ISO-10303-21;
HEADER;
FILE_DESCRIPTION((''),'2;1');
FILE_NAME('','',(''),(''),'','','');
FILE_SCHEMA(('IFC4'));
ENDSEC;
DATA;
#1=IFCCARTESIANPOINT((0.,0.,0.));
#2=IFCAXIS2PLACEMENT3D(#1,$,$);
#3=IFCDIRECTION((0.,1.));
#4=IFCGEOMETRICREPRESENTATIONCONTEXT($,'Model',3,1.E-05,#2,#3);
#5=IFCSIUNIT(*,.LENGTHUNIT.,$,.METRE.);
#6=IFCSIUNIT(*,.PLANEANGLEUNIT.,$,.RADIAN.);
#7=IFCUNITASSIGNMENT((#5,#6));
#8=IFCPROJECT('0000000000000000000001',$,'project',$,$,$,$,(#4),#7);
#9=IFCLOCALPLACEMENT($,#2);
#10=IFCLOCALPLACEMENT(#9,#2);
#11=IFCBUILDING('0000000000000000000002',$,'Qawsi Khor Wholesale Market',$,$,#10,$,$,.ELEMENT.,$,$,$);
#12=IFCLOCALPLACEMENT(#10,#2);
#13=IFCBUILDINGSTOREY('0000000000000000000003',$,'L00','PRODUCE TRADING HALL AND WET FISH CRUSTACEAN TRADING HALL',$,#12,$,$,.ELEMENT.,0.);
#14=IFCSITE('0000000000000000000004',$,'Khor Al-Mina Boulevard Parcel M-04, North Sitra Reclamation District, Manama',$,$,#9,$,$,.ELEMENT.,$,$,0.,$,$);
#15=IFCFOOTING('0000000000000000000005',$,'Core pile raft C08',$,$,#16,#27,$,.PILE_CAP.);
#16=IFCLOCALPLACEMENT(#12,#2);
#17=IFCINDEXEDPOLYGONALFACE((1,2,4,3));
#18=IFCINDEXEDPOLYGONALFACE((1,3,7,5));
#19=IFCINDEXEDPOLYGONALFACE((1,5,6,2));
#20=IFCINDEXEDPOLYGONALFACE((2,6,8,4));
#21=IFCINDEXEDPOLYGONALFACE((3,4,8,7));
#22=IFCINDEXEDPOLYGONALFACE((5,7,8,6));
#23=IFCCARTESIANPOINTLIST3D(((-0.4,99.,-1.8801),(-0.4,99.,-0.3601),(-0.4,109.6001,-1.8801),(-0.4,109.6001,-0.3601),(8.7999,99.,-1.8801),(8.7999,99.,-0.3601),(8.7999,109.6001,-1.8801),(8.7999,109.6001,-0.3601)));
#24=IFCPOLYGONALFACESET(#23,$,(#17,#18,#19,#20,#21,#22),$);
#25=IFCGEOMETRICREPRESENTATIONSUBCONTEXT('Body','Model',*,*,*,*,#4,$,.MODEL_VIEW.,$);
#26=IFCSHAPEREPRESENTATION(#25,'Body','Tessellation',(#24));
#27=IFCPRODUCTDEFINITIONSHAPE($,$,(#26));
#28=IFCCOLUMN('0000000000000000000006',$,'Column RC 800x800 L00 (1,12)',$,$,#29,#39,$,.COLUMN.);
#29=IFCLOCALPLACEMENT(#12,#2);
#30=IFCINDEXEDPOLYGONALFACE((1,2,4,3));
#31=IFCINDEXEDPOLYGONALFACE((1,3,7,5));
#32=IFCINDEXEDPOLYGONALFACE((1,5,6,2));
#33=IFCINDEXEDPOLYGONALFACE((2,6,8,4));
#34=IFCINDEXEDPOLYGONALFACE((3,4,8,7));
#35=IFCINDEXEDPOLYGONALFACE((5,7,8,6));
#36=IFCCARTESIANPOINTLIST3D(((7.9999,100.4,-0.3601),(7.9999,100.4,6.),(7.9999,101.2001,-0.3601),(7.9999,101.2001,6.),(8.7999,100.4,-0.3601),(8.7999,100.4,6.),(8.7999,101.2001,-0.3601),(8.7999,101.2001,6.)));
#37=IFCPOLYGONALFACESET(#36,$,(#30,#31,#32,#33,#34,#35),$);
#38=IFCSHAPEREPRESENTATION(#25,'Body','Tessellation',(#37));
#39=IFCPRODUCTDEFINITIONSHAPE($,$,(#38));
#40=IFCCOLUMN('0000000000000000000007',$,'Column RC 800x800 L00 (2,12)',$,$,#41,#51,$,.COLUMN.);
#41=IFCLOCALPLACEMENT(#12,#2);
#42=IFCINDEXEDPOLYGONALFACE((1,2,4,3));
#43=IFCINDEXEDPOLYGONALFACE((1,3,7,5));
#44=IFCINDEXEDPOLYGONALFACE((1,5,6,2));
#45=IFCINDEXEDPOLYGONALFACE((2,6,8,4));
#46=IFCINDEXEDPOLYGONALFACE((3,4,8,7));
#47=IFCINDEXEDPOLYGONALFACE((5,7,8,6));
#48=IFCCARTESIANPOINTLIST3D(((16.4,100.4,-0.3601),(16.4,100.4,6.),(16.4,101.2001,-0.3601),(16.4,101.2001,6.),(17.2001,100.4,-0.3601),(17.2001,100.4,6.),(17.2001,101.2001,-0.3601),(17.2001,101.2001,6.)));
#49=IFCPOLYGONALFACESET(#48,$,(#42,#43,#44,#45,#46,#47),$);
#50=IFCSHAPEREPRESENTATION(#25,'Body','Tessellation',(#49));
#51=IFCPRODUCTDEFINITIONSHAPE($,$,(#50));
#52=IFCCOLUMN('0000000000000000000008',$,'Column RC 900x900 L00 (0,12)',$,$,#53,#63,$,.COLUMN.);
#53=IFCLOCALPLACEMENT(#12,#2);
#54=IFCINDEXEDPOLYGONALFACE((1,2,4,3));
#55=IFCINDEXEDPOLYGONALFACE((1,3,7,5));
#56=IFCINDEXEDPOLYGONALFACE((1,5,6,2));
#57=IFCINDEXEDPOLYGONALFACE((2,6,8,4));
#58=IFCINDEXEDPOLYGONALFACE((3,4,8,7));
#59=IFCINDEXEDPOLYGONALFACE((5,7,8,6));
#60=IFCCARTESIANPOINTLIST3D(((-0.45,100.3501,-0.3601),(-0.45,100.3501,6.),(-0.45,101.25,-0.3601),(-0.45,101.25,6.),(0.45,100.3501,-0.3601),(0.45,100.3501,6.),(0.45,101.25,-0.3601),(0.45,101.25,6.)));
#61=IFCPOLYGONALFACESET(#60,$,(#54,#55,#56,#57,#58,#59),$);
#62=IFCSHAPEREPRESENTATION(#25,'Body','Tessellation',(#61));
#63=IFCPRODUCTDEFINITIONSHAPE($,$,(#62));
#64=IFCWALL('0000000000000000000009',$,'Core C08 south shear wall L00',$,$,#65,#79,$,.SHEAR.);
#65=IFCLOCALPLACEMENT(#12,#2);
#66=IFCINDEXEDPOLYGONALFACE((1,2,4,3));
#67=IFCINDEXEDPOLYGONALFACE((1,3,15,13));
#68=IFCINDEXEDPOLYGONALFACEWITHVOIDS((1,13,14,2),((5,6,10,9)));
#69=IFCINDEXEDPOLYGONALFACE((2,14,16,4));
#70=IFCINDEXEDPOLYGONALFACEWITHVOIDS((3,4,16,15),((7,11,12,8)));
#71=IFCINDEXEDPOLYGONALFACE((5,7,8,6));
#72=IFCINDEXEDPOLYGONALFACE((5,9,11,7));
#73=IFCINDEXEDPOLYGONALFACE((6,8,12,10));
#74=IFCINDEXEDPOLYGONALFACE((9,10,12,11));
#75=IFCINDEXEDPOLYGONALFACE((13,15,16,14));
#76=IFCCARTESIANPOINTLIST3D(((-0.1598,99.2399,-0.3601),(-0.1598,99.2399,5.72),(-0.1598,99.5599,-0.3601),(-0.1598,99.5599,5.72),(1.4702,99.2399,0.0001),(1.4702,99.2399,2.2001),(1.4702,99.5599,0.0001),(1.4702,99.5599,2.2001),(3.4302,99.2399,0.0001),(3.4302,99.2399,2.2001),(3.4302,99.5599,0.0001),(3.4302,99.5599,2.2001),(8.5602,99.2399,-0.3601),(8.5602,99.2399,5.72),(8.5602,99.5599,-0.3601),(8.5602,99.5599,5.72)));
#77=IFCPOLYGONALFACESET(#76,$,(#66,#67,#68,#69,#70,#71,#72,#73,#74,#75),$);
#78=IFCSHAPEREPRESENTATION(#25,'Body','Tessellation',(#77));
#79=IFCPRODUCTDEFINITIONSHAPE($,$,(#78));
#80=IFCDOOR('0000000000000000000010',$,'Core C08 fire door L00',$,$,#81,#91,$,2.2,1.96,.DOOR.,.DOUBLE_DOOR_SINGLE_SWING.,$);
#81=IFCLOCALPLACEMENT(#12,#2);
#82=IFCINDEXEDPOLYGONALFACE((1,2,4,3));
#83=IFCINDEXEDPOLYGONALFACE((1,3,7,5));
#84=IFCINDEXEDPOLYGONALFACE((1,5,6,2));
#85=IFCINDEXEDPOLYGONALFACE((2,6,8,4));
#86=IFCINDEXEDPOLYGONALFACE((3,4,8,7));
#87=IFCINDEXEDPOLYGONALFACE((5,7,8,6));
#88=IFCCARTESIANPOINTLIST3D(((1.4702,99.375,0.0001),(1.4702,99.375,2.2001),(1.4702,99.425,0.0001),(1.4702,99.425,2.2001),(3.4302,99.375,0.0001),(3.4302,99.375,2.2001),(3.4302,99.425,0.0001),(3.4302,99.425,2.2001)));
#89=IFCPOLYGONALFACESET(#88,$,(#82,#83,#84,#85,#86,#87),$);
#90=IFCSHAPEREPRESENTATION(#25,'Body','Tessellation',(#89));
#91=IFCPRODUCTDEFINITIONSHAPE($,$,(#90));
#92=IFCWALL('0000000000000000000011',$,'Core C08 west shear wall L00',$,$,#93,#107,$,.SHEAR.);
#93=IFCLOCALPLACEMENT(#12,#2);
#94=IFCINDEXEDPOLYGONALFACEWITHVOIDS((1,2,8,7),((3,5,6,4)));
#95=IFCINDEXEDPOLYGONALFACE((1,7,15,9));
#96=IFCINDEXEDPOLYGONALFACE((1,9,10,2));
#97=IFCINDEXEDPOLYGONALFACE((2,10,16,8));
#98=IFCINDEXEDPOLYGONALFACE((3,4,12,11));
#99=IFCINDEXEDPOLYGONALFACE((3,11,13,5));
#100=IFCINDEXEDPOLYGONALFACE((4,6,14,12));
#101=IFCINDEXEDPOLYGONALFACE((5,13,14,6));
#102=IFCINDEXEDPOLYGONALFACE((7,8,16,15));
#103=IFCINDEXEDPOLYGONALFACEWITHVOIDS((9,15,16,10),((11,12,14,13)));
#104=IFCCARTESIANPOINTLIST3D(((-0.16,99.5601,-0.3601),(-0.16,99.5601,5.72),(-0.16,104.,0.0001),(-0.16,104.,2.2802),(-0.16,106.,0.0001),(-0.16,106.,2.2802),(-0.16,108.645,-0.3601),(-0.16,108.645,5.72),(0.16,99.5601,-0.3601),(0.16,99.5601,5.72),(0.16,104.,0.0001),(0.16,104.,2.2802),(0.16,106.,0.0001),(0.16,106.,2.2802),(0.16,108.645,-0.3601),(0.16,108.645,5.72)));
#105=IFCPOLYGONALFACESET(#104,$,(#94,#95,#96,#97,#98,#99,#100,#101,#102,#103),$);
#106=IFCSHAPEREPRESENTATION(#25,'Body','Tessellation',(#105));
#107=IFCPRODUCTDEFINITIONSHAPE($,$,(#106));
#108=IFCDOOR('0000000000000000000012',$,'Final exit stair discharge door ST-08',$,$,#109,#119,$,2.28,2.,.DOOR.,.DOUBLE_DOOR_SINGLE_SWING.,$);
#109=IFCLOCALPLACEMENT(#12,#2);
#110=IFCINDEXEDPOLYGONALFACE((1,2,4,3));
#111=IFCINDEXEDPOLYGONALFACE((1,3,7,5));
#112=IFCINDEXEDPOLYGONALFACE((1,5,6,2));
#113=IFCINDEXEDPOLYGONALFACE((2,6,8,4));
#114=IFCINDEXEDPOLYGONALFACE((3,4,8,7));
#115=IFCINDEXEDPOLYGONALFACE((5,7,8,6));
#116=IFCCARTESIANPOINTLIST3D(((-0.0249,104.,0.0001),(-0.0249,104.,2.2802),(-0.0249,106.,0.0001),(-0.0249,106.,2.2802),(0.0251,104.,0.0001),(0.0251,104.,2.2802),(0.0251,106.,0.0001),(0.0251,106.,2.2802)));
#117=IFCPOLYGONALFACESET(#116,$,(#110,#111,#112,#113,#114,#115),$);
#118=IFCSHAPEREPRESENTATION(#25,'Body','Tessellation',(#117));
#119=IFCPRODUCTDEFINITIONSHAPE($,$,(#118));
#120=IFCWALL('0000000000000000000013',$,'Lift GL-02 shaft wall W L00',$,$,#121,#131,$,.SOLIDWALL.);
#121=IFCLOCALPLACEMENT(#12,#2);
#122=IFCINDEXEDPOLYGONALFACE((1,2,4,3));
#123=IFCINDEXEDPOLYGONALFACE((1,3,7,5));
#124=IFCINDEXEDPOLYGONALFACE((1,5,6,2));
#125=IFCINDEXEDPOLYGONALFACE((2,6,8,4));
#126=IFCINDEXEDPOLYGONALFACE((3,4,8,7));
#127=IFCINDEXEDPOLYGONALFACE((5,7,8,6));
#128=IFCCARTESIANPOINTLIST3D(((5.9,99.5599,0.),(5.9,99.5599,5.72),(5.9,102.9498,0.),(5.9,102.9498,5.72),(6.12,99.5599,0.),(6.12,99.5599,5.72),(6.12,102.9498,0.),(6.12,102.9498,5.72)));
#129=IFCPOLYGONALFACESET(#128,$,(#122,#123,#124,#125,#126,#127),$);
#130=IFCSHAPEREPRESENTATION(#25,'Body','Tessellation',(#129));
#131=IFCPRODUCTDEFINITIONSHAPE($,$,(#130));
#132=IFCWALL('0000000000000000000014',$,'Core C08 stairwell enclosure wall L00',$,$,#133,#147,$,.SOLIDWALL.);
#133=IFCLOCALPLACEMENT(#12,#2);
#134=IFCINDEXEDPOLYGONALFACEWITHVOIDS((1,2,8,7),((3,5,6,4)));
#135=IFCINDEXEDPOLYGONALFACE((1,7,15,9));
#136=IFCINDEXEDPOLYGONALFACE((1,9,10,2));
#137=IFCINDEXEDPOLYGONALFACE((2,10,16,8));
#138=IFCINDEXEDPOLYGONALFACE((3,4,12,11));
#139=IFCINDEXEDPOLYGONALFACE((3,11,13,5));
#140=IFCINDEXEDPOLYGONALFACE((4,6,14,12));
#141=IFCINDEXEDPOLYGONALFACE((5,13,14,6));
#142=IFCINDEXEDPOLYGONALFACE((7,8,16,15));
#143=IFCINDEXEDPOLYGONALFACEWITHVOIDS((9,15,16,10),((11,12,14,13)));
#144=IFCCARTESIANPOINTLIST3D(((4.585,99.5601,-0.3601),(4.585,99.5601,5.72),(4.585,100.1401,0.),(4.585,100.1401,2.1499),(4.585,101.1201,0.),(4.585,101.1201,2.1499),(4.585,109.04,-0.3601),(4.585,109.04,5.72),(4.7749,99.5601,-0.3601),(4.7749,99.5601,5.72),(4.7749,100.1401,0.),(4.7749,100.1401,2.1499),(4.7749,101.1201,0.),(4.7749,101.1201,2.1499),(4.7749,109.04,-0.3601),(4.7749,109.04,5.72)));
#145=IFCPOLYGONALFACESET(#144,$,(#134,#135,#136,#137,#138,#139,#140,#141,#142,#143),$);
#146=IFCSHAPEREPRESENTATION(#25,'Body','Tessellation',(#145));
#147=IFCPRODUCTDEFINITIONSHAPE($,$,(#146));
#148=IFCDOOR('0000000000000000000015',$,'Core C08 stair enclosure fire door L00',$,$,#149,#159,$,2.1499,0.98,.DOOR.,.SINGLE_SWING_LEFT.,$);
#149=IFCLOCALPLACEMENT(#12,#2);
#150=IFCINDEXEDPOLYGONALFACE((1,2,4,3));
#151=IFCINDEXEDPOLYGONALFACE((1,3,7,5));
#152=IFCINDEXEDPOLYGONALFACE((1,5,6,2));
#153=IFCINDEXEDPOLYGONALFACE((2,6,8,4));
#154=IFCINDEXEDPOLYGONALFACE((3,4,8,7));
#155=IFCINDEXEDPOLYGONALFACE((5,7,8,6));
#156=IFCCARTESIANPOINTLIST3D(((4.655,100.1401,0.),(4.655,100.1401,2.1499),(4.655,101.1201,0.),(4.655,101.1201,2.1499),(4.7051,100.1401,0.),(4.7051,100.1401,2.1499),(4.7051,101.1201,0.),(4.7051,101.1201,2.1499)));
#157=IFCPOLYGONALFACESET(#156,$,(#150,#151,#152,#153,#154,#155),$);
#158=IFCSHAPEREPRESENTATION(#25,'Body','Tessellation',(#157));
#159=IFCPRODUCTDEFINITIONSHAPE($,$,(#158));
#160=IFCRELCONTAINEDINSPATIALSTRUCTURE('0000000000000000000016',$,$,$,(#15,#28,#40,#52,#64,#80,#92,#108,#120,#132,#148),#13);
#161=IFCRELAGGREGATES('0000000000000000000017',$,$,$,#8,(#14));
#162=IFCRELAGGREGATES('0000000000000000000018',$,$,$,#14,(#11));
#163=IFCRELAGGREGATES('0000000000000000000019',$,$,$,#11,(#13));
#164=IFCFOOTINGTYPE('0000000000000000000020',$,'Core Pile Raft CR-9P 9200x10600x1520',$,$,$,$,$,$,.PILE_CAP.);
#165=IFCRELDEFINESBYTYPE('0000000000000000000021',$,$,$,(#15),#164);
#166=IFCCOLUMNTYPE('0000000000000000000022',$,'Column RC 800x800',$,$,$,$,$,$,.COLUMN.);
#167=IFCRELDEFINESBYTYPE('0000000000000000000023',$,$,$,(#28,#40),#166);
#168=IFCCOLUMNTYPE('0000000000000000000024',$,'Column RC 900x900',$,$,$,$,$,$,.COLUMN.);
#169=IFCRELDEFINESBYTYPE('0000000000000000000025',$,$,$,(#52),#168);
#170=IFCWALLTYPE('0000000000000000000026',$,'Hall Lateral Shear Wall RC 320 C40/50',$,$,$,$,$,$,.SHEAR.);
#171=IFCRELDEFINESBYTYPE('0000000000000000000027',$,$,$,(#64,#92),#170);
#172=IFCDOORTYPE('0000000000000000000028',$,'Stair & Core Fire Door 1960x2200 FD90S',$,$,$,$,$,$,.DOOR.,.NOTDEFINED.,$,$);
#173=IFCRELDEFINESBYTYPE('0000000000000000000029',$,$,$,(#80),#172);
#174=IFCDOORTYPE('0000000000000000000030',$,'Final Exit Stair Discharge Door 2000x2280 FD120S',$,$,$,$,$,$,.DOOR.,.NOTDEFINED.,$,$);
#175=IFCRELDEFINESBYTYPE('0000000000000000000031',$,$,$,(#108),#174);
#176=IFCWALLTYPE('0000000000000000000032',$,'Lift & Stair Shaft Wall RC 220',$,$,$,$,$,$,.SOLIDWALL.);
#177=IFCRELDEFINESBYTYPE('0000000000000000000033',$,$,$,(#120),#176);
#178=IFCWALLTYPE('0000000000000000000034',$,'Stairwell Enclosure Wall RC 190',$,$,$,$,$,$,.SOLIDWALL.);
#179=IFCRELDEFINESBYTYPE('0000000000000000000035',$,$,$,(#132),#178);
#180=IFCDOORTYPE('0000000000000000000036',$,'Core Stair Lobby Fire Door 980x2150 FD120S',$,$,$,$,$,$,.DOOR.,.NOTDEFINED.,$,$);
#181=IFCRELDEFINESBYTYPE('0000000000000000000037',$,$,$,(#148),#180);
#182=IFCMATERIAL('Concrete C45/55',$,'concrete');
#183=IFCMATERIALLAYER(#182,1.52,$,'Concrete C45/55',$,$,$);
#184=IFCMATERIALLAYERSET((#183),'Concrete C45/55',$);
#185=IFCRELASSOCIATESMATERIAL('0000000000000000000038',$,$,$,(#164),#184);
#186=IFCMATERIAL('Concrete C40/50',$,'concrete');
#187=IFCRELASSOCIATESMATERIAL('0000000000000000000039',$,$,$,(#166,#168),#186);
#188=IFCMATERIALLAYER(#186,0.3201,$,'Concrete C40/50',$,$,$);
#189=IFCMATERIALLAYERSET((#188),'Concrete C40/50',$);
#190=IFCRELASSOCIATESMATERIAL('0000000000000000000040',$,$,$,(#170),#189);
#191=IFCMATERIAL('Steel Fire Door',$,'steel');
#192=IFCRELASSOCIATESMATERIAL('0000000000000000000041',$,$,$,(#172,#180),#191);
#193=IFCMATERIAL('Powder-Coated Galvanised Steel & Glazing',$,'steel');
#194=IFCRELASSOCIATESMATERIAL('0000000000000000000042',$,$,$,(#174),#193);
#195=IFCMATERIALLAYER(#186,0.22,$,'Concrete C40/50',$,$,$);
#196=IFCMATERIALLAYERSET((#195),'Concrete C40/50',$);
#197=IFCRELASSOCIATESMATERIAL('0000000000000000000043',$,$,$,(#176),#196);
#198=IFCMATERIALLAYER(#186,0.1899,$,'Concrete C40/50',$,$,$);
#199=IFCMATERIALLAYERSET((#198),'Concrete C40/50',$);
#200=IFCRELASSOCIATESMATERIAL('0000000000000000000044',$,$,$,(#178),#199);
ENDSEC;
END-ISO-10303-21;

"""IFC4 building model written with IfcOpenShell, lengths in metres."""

from ifc_helpers import new_model, si_unit, direction, frame, frame_2d, origin, origin_2d, place, context, subcontext, project, spatial, rectangle, extrude, material, layer, layer_set, material_profile, profile_set, type_object, element, fill, save


model = new_model("IFC4")

# Units and contexts
model_context = context("Model", 3, precision=1e-05, world=origin(), true_north=direction((0.0, 1.0)))
body_context = subcontext(model_context, "Body", "Model", "MODEL_VIEW")
ifc_project = project(units=[si_unit("LENGTHUNIT", "METRE"), si_unit("PLANEANGLEUNIT", "RADIAN")], contexts=[model_context])

# Site, building, storey
site_placement = place(None, origin())
site = spatial("IfcSite", under=ifc_project, at=site_placement, Name="Khor Al-Mina Boulevard Parcel M-04, North Sitra Reclamation District, Manama", CompositionType="ELEMENT", RefElevation=0.0)
building_placement = place(site_placement, origin())
building = spatial("IfcBuilding", under=site, at=building_placement, Name="Qawsi Khor Wholesale Market", CompositionType="ELEMENT")
storey_placement = place(building_placement, origin())
storey = spatial("IfcBuildingStorey", under=building, at=storey_placement, Name="L00", Description="PRODUCE TRADING HALL AND WET FISH CRUSTACEAN TRADING HALL", CompositionType="ELEMENT", Elevation=0.0)

# Shared definitions
ifc_material_1 = material(Name="Concrete C45/55", Category="concrete")

# Footing
ifc_layer_1 = layer(ifc_material_1, 1.52, Name="Concrete C45/55")
ifc_layer_set_1 = layer_set([ifc_layer_1], Name="Concrete C45/55")
footing_type = type_object("IfcFootingType", Name="Core Pile Raft CR-9P 9200x10600x1520", PredefinedType="PILE_CAP", material=ifc_layer_set_1)
footing_placement = place(storey_placement, frame((4.2, 104.3, -1.8801), z_axis=(0.0, 0.0, 1.0), x_axis=(1.0, 0.0, 0.0)))
element("IfcFooting", 1, at=footing_placement, inside=storey, type_object=footing_type, Name="Core pile raft C08", PredefinedType="PILE_CAP", context=body_context, shape_type="SweptSolid", body=[
    extrude(rectangle(XDim=9.2, YDim=10.6001, at=origin_2d()), origin(), (0.0, 0.0, 1.0), 1.52),
])

# Columns
ifc_material_2 = material(Name="Concrete C40/50", Category="concrete")
ifc_material_profile_1 = material_profile(ifc_material_2, rectangle(XDim=0.8, YDim=0.8, at=origin_2d()), Name="RC 800x800")
ifc_profile_set_1 = profile_set([ifc_material_profile_1], Name="Concrete C40/50")
column_type_1 = type_object("IfcColumnType", Name="Column RC 800x800", PredefinedType="COLUMN", material=ifc_profile_set_1)
for number, where, z_axis, x_axis, name in (
    (2, (8.3999, 100.8, -0.3601), (0.0, 0.0, 1.0), (1.0, 0.0, 0.0), "Column RC 800x800 L00 (1,12)"),
    (3, (16.8, 100.8, -0.3601), (0.0, 0.0, 1.0), (1.0, 0.0, 0.0), "Column RC 800x800 L00 (2,12)"),
):
    element("IfcColumn", number, at=place(storey_placement, frame(where, z_axis=z_axis, x_axis=x_axis)), inside=storey, type_object=column_type_1, Name=name, PredefinedType="COLUMN", context=body_context, shape_type="SweptSolid", body=[
        extrude(rectangle(XDim=0.8, YDim=0.8, at=origin_2d()), origin(), (0.0, 0.0, 1.0), 6.3601),
    ])
ifc_material_profile_2 = material_profile(ifc_material_2, rectangle(XDim=0.8999, YDim=0.8999, at=origin_2d()), Name="RC 900x900")
ifc_profile_set_2 = profile_set([ifc_material_profile_2], Name="Concrete C40/50")
column_type_2 = type_object("IfcColumnType", Name="Column RC 900x900", PredefinedType="COLUMN", material=ifc_profile_set_2)
column_placement = place(storey_placement, frame((0.0, 100.8, -0.3601), z_axis=(0.0, 0.0, 1.0), x_axis=(1.0, 0.0, 0.0)))
element("IfcColumn", 4, at=column_placement, inside=storey, type_object=column_type_2, Name="Column RC 900x900 L00 (0,12)", PredefinedType="COLUMN", context=body_context, shape_type="SweptSolid", body=[
    extrude(rectangle(XDim=0.8999, YDim=0.8999, at=origin_2d()), origin(), (0.0, 0.0, 1.0), 6.3601),
])

# Walls, openings, doors
ifc_layer_2 = layer(ifc_material_2, 0.3201, Name="Concrete C40/50")
ifc_layer_set_2 = layer_set([ifc_layer_2], Name="Concrete C40/50")
wall_type_1 = type_object("IfcWallType", Name="Hall Lateral Shear Wall RC 320 C40/50", PredefinedType="SHEAR", material=ifc_layer_set_2)
wall_1_placement = place(storey_placement, frame((8.5601, 99.3999, -0.3601), z_axis=(0.0, 0.0, 1.0), x_axis=(-1.0, 0.0, 0.0)))
wall_1 = element("IfcWall", 5, at=wall_1_placement, inside=storey, type_object=wall_type_1, Name="Core C08 south shear wall L00", PredefinedType="SHEAR", context=body_context, shape_type="SweptSolid", body=[
    extrude(rectangle(XDim=8.72, YDim=0.3201, at=frame_2d((4.3599, 0.0))), origin(), (0.0, 0.0, 1.0), 6.0801),
])
opening_1_placement = place(wall_1_placement, frame((5.1299, 0.0, 0.3601)))
opening_1 = element("IfcOpeningElement", 6, at=opening_1_placement, cuts=wall_1, PredefinedType="OPENING", context=body_context, shape_type="SweptSolid", body=[
    extrude(rectangle(XDim=1.96, YDim=2.2, at=frame_2d((0.98, 1.1001))), frame((0.0, 0.1699, 0.0), z_axis=(0.0, -1.0, 0.0), x_axis=(1.0, 0.0, 0.0)), (0.0, 0.0, 1.0), 0.3401),
])
ifc_material_3 = material(Name="Steel Fire Door", Category="steel")
door_type_1 = type_object("IfcDoorType", Name="Stair & Core Fire Door 1960x2200 FD90S", OperationType="NOTDEFINED", PredefinedType="DOOR", material=ifc_material_3)
door_1_placement = place(opening_1_placement, origin())
door_1 = element("IfcDoor", 7, at=door_1_placement, inside=storey, type_object=door_type_1, Name="Core C08 fire door L00", OperationType="DOUBLE_DOOR_SINGLE_SWING", OverallHeight=2.2, OverallWidth=1.96, PredefinedType="DOOR", context=body_context, shape_type="SweptSolid", body=[
    extrude(rectangle(XDim=1.96, YDim=2.2, at=frame_2d((0.98, 1.1001))), frame((0.0, 0.0249, 0.0), z_axis=(0.0, -1.0, 0.0), x_axis=(1.0, 0.0, 0.0)), (0.0, 0.0, 1.0), 0.05),
])
fill(opening_1, door_1)
wall_2_placement = place(storey_placement, frame((0.0, 99.5601, -0.3601), z_axis=(0.0, 0.0, 1.0), x_axis=(0.0, 1.0, 0.0)))
wall_2 = element("IfcWall", 8, at=wall_2_placement, inside=storey, type_object=wall_type_1, Name="Core C08 west shear wall L00", PredefinedType="SHEAR", context=body_context, shape_type="SweptSolid", body=[
    extrude(rectangle(XDim=9.085, YDim=0.3201, at=frame_2d((4.5425, 0.0))), origin(), (0.0, 0.0, 1.0), 6.0801),
])
opening_2_placement = place(wall_2_placement, frame((4.4399, 0.0, 0.3601)))
opening_2 = element("IfcOpeningElement", 9, at=opening_2_placement, cuts=wall_2, PredefinedType="OPENING", context=body_context, shape_type="SweptSolid", body=[
    extrude(rectangle(XDim=2.0, YDim=2.28, at=frame_2d((1.0, 1.1401))), frame((0.0, 0.1699, 0.0), z_axis=(0.0, -1.0, 0.0), x_axis=(1.0, 0.0, 0.0)), (0.0, 0.0, 1.0), 0.3401),
])
ifc_material_4 = material(Name="Powder-Coated Galvanised Steel & Glazing", Category="steel")
door_type_2 = type_object("IfcDoorType", Name="Final Exit Stair Discharge Door 2000x2280 FD120S", OperationType="NOTDEFINED", PredefinedType="DOOR", material=ifc_material_4)
door_2_placement = place(opening_2_placement, origin())
door_2 = element("IfcDoor", 10, at=door_2_placement, inside=storey, type_object=door_type_2, Name="Final exit stair discharge door ST-08", OperationType="DOUBLE_DOOR_SINGLE_SWING", OverallHeight=2.28, OverallWidth=2.0, PredefinedType="DOOR", context=body_context, shape_type="SweptSolid", body=[
    extrude(rectangle(XDim=2.0, YDim=2.28, at=frame_2d((1.0, 1.1401))), frame((0.0, 0.0249, 0.0), z_axis=(0.0, -1.0, 0.0), x_axis=(1.0, 0.0, 0.0)), (0.0, 0.0, 1.0), 0.05),
])
fill(opening_2, door_2)

# Wall
ifc_layer_3 = layer(ifc_material_2, 0.22, Name="Concrete C40/50")
ifc_layer_set_3 = layer_set([ifc_layer_3], Name="Concrete C40/50")
wall_type_2 = type_object("IfcWallType", Name="Lift & Stair Shaft Wall RC 220", PredefinedType="SOLIDWALL", material=ifc_layer_set_3)
wall_3_placement = place(storey_placement, frame((6.01, 99.5601, 0.0), z_axis=(0.0, 0.0, 1.0), x_axis=(0.0, 1.0, 0.0)))
element("IfcWall", 11, at=wall_3_placement, inside=storey, type_object=wall_type_2, Name="Lift GL-02 shaft wall W L00", PredefinedType="SOLIDWALL", context=body_context, shape_type="SweptSolid", body=[
    extrude(rectangle(XDim=3.3899, YDim=0.22, at=frame_2d((1.6948, 0.0))), origin(), (0.0, 0.0, 1.0), 5.72),
])

# Wall, opening, door
ifc_layer_4 = layer(ifc_material_2, 0.1899, Name="Concrete C40/50")
ifc_layer_set_4 = layer_set([ifc_layer_4], Name="Concrete C40/50")
wall_type_3 = type_object("IfcWallType", Name="Stairwell Enclosure Wall RC 190", PredefinedType="SOLIDWALL", material=ifc_layer_set_4)
wall_4_placement = place(storey_placement, frame((4.6799, 99.5601, -0.3601), z_axis=(0.0, 0.0, 1.0), x_axis=(0.0, 1.0, 0.0)))
wall_4 = element("IfcWall", 12, at=wall_4_placement, inside=storey, type_object=wall_type_3, Name="Core C08 stairwell enclosure wall L00", PredefinedType="SOLIDWALL", context=body_context, shape_type="SweptSolid", body=[
    extrude(rectangle(XDim=9.48, YDim=0.1899, at=frame_2d((4.74, 0.0))), origin(), (0.0, 0.0, 1.0), 6.0801),
])
opening_3_placement = place(wall_4_placement, frame((0.5801, 0.0, 0.3601)))
opening_3 = element("IfcOpeningElement", 13, at=opening_3_placement, cuts=wall_4, PredefinedType="OPENING", context=body_context, shape_type="SweptSolid", body=[
    extrude(rectangle(XDim=0.98, YDim=2.1499, at=frame_2d((0.49, 1.075))), frame((0.0, 0.105, 0.0), z_axis=(0.0, -1.0, 0.0), x_axis=(1.0, 0.0, 0.0)), (0.0, 0.0, 1.0), 0.21),
])
door_type_3 = type_object("IfcDoorType", Name="Core Stair Lobby Fire Door 980x2150 FD120S", OperationType="NOTDEFINED", PredefinedType="DOOR", material=ifc_material_3)
door_3_placement = place(opening_3_placement, origin())
door_3 = element("IfcDoor", 14, at=door_3_placement, inside=storey, type_object=door_type_3, Name="Core C08 stair enclosure fire door L00", OperationType="SINGLE_SWING_LEFT", OverallHeight=2.1499, OverallWidth=0.98, PredefinedType="DOOR", context=body_context, shape_type="SweptSolid", body=[
    extrude(rectangle(XDim=0.98, YDim=2.1499, at=frame_2d((0.49, 1.075))), frame((0.0, 0.0249, 0.0), z_axis=(0.0, -1.0, 0.0), x_axis=(1.0, 0.0, 0.0)), (0.0, 0.0, 1.0), 0.05),
])
fill(opening_3, door_3)

save(model, "model.ifc")
